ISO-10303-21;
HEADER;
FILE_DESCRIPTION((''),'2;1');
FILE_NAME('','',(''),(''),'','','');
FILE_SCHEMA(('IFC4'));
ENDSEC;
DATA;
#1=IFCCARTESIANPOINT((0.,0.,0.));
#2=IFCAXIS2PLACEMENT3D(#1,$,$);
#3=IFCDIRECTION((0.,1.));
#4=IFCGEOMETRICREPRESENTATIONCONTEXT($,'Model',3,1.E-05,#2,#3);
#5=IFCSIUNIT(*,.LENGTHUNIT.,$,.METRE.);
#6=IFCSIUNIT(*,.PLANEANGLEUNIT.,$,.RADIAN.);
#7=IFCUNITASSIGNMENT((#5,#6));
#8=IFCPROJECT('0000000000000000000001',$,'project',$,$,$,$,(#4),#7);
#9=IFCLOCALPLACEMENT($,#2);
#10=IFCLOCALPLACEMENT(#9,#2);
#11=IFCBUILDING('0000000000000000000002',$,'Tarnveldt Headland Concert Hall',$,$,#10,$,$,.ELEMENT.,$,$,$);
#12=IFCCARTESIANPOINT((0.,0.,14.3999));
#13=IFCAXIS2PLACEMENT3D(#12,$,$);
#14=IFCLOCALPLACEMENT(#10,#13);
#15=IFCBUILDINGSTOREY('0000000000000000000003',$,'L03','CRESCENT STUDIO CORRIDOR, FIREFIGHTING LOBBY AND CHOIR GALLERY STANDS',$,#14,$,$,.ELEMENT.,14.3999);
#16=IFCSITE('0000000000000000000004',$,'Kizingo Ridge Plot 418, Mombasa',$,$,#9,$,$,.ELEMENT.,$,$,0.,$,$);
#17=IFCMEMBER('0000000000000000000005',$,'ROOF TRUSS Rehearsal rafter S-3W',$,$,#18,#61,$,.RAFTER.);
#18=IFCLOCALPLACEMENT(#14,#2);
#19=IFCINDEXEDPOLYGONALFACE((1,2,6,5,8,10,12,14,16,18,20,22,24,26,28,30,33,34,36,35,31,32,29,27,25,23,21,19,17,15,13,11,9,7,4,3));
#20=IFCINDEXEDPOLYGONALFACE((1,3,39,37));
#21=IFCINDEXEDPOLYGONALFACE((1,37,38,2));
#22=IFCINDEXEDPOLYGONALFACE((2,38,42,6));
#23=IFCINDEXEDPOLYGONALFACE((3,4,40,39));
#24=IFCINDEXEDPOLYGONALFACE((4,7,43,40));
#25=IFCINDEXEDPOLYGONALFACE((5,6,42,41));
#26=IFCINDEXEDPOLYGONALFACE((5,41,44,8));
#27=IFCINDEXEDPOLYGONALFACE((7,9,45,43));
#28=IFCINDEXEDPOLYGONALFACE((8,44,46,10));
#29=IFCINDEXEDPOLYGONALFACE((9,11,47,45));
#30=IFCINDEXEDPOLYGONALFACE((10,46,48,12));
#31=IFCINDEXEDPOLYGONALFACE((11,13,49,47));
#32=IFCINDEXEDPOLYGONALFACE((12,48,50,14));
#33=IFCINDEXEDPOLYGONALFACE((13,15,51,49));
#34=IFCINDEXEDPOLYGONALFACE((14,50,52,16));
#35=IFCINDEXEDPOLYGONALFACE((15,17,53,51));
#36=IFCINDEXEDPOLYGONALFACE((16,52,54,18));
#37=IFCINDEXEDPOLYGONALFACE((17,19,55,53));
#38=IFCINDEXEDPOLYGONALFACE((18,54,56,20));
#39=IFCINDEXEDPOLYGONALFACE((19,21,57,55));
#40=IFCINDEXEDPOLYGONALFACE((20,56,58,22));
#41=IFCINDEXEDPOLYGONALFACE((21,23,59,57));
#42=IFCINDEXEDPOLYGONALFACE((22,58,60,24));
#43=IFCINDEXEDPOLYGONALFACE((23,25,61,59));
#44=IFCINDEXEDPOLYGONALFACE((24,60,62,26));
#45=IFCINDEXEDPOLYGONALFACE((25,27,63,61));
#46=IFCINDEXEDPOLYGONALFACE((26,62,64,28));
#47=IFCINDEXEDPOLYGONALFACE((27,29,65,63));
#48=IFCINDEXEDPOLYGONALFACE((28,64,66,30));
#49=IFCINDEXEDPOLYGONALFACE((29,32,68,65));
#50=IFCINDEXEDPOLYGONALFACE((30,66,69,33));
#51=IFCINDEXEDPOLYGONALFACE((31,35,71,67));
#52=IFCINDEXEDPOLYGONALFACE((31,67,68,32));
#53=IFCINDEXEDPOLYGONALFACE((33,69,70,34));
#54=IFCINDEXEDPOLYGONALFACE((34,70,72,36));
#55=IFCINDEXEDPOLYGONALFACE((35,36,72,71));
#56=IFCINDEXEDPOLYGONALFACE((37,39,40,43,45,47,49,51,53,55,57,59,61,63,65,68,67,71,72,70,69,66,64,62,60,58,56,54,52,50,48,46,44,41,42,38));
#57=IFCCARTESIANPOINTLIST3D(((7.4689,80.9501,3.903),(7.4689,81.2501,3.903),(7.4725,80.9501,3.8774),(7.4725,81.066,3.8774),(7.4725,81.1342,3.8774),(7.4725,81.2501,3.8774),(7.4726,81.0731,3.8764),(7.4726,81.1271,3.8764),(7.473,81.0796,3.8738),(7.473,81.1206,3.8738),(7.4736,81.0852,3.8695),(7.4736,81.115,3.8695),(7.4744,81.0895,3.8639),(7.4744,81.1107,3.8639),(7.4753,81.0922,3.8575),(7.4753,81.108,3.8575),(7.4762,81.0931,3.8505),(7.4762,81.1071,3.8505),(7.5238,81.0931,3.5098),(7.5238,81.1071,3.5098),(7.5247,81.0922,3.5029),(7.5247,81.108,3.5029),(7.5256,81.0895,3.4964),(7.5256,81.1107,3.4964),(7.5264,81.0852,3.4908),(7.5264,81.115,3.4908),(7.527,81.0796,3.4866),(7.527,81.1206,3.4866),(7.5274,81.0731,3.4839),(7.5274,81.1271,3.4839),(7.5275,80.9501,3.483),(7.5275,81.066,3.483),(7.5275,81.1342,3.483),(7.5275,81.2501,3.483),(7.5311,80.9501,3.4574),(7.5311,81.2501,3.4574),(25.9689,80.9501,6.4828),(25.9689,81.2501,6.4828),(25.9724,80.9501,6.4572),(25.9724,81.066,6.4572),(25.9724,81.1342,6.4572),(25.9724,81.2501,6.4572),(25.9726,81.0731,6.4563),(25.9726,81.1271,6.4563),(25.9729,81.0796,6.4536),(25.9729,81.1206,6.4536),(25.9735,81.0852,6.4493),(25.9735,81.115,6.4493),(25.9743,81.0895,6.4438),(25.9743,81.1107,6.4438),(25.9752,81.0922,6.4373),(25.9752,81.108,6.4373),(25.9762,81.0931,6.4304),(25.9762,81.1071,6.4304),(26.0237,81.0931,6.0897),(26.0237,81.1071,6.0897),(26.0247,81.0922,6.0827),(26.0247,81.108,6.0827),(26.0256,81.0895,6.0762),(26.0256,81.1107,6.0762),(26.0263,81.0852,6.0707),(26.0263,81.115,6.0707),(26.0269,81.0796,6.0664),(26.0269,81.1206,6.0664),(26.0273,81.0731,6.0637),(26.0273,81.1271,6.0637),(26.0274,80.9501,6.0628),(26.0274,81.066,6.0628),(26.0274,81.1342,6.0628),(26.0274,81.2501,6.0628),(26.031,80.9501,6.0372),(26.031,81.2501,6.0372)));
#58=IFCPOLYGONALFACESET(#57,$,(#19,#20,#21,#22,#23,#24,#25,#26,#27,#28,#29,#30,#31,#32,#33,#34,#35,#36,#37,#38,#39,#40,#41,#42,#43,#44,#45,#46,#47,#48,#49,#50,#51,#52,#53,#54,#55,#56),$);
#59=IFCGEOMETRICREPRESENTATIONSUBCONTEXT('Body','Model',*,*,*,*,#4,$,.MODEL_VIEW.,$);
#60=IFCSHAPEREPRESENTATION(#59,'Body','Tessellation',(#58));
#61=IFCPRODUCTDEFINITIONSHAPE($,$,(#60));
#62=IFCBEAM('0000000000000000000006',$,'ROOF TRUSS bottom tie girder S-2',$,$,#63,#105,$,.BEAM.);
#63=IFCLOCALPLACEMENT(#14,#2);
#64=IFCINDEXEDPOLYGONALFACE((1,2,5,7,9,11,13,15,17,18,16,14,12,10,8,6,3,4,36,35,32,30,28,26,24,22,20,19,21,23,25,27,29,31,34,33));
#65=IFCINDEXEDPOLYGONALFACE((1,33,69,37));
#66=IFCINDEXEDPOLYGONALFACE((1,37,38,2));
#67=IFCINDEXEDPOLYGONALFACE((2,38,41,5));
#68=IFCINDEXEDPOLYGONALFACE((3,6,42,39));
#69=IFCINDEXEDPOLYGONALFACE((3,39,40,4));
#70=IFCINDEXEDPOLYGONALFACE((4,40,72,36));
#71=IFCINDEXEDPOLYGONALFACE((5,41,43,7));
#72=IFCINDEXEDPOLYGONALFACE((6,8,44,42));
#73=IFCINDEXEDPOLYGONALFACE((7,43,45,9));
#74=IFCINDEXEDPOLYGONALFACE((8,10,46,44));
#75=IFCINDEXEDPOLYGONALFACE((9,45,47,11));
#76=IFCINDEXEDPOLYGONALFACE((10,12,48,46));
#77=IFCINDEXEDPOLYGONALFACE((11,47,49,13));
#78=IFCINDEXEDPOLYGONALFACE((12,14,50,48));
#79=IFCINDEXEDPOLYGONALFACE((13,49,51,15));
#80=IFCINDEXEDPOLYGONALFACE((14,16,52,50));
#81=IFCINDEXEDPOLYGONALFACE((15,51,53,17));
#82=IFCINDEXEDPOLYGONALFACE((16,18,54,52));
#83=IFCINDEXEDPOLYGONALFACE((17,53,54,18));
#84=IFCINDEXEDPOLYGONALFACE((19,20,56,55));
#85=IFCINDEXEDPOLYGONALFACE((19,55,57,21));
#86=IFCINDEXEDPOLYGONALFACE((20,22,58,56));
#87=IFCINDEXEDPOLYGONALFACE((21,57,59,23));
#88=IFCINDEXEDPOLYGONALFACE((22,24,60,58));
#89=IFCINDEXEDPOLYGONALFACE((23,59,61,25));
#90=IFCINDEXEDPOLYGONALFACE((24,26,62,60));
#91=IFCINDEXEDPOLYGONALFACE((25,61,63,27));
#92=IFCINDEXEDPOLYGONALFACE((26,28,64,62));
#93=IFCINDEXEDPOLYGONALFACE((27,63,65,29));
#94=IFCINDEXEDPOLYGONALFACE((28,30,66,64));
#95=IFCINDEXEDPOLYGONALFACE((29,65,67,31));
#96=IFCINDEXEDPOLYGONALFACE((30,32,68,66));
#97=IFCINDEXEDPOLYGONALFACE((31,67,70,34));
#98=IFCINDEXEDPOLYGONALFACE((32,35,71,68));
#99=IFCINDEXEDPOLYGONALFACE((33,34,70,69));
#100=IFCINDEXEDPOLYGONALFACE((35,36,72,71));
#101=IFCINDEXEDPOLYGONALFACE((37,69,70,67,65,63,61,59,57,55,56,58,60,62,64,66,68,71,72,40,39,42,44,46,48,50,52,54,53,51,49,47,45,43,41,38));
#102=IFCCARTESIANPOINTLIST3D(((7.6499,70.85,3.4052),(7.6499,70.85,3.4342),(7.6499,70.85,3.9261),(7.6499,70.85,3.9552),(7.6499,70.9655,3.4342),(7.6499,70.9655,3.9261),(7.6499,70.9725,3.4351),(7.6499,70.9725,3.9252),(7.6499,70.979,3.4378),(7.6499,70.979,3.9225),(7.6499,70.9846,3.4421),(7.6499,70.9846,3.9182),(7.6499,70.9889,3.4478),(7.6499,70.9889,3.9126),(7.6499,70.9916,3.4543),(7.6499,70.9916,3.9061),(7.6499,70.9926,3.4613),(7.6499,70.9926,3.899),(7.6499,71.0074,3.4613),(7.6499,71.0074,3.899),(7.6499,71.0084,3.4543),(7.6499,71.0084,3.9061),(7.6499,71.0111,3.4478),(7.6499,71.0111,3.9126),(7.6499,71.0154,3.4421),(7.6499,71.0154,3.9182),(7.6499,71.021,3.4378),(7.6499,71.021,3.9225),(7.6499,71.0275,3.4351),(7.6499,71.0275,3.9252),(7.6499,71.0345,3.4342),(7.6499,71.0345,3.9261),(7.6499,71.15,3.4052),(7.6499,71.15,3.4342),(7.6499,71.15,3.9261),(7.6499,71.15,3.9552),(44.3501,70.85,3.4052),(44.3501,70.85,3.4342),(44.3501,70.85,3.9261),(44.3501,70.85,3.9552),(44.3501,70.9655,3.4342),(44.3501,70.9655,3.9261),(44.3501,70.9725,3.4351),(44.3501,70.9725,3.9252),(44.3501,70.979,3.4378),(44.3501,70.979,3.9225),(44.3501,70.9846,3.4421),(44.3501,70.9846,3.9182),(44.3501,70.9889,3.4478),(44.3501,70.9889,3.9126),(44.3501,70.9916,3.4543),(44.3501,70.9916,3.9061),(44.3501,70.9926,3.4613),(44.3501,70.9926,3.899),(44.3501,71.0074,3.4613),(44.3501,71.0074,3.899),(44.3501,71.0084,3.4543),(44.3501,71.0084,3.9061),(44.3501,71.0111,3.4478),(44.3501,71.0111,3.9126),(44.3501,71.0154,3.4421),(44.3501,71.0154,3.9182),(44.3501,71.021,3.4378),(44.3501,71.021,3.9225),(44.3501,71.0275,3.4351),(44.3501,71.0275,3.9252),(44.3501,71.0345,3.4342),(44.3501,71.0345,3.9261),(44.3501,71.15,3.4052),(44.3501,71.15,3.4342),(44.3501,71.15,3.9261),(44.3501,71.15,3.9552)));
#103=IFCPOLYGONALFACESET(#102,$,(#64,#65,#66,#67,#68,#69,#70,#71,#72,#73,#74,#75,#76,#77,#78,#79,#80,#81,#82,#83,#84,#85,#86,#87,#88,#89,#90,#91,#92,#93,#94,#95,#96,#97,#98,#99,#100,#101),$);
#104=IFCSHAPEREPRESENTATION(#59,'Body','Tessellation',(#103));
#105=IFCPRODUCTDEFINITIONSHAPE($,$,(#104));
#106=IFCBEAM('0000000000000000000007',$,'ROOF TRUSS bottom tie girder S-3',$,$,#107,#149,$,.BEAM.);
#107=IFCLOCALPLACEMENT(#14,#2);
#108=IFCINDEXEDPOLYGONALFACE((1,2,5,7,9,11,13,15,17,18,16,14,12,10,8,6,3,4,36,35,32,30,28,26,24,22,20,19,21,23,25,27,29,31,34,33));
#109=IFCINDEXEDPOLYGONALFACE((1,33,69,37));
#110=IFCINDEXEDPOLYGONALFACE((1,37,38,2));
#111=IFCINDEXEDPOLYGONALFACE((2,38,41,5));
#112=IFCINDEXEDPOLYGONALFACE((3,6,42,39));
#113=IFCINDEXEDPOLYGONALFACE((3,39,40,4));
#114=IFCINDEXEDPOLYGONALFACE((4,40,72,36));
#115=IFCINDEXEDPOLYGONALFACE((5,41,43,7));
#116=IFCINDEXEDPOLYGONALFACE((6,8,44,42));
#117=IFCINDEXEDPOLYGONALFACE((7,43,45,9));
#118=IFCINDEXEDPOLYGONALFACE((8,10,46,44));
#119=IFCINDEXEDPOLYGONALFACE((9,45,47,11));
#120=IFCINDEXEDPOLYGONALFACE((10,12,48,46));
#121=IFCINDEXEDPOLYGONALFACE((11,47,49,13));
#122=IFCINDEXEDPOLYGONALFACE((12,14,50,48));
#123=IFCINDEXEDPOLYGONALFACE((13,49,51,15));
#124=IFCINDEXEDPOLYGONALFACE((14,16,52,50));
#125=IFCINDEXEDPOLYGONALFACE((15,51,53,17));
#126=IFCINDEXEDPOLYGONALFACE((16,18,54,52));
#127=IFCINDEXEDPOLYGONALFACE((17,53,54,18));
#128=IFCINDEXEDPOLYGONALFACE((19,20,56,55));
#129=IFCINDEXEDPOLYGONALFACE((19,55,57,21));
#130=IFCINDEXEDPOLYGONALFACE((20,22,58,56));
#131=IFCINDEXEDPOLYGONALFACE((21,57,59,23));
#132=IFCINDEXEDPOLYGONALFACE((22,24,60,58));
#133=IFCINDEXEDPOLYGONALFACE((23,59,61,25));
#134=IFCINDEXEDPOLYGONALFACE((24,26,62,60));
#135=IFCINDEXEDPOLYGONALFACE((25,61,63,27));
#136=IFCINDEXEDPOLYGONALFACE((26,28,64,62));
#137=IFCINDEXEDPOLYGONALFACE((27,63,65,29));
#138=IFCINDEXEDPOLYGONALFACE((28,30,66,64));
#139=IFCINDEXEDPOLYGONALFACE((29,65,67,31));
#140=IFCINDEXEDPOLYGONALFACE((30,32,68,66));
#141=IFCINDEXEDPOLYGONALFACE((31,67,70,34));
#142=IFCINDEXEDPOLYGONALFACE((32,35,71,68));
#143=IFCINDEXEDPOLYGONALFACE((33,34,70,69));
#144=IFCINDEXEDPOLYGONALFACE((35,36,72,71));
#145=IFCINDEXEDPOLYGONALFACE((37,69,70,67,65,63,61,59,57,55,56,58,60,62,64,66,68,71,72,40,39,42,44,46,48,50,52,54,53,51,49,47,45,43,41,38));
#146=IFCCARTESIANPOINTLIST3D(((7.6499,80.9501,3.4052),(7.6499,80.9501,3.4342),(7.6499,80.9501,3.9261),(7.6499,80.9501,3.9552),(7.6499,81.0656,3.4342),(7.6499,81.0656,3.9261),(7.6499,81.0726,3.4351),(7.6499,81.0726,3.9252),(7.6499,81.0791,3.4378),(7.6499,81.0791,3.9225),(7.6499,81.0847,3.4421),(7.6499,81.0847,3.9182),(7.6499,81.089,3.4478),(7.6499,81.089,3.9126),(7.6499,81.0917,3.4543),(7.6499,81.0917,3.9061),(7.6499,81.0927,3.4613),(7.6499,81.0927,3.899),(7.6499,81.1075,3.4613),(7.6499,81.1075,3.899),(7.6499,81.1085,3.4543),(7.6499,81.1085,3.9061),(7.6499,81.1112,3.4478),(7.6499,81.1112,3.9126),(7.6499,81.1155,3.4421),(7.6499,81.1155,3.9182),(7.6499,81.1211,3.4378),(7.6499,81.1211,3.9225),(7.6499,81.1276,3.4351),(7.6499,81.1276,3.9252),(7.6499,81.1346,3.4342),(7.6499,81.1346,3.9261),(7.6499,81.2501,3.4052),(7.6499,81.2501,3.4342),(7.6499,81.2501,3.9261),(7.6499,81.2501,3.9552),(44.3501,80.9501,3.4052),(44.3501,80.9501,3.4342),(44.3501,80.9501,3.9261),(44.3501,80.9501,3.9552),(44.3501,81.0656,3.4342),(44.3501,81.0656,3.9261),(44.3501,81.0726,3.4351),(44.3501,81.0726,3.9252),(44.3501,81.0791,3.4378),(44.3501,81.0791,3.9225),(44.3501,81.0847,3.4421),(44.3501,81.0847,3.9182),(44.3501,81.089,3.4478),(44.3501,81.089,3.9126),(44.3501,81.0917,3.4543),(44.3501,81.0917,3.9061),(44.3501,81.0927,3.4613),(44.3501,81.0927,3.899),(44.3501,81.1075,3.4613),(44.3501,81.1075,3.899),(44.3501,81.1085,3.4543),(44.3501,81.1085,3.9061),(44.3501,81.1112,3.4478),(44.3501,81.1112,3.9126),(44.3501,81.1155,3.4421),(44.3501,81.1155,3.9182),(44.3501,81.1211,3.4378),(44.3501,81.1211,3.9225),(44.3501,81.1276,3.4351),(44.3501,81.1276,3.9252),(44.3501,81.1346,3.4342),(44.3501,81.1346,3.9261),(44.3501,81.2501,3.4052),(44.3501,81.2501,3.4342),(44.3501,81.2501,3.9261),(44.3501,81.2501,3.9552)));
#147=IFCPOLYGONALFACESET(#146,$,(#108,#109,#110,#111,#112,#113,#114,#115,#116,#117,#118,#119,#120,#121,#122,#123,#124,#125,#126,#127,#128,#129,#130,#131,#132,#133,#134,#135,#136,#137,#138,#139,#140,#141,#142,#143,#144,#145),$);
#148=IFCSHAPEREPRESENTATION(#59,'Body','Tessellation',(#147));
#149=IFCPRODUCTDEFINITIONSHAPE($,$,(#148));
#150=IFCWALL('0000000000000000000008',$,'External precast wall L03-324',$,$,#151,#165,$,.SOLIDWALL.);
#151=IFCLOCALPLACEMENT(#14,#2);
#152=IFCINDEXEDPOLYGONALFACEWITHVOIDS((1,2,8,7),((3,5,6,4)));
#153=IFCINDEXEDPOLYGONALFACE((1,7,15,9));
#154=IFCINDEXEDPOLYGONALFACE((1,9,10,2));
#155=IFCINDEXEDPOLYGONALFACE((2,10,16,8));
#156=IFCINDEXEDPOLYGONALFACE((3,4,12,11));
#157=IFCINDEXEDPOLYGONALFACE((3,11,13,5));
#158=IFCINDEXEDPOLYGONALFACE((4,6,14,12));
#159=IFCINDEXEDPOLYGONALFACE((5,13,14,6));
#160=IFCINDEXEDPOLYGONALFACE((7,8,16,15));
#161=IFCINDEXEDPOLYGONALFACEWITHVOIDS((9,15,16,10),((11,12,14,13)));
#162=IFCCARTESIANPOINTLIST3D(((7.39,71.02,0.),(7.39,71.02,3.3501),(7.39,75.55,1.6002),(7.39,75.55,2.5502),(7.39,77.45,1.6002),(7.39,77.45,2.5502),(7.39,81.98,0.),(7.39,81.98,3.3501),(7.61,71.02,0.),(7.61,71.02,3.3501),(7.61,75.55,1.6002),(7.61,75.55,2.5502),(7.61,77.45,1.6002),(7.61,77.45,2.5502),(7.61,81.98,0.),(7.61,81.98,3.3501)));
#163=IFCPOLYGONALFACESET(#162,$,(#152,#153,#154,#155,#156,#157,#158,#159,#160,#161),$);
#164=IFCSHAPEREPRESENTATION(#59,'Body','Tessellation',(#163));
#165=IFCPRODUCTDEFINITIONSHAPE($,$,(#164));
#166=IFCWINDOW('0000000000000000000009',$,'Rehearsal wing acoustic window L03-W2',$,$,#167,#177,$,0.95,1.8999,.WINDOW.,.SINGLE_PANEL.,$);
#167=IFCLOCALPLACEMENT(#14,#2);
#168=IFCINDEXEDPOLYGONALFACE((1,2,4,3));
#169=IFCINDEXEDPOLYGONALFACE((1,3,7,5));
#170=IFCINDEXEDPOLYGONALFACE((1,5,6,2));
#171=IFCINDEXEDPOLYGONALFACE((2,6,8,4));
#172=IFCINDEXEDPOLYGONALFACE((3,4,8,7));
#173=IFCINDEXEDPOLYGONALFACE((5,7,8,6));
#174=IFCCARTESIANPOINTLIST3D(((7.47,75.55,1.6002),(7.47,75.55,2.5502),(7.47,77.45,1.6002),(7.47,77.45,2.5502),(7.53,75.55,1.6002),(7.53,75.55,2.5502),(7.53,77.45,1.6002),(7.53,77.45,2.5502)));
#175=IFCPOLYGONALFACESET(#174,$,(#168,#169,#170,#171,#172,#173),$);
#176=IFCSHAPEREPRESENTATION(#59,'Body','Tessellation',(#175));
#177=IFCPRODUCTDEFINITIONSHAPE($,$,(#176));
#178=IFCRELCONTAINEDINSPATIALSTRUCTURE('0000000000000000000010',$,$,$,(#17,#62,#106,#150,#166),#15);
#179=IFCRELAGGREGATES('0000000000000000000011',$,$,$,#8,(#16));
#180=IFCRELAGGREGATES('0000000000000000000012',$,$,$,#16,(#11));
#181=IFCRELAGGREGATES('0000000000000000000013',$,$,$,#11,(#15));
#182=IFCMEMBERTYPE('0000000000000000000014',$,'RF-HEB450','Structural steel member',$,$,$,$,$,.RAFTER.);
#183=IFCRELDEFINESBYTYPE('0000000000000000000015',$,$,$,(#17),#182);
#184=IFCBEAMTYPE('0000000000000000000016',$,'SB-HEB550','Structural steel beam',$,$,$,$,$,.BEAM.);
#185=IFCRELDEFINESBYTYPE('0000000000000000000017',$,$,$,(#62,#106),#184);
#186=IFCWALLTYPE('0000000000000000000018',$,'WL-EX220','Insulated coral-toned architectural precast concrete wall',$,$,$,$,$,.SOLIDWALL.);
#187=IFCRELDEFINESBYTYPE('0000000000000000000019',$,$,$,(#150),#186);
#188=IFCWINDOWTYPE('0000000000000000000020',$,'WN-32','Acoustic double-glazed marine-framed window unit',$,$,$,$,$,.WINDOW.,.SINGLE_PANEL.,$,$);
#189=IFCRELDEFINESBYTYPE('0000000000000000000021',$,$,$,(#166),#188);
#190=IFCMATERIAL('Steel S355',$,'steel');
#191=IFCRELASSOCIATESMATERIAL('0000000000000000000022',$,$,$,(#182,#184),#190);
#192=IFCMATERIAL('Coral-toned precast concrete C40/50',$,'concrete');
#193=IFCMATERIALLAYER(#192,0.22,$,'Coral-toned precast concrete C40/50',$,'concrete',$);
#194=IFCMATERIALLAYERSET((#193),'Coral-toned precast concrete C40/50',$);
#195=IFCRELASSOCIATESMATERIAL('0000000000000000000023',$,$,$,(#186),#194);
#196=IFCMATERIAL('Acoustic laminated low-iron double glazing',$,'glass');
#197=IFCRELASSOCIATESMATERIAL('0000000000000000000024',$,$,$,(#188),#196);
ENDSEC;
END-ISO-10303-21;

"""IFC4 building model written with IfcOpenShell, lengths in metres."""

from ifc_helpers import new_model, si_unit, direction, frame, frame_2d, origin, origin_2d, place, context, subcontext, project, spatial, rectangle, i_section, extrude, material, layer, layer_set, material_profile, profile_set, type_object, element, fill, save


model = new_model("IFC4")

# Units and contexts
model_context = context("Model", 3, precision=1e-05, world=origin(), true_north=direction((0.0, 1.0)))
body_context = subcontext(model_context, "Body", "Model", "MODEL_VIEW")
ifc_project = project(units=[si_unit("LENGTHUNIT", "METRE"), si_unit("PLANEANGLEUNIT", "RADIAN")], contexts=[model_context])

# Site, building, storey
site_placement = place(None, origin())
site = spatial("IfcSite", under=ifc_project, at=site_placement, Name="Kizingo Ridge Plot 418, Mombasa", CompositionType="ELEMENT", RefElevation=0.0)
building_placement = place(site_placement, origin())
building = spatial("IfcBuilding", under=site, at=building_placement, Name="Tarnveldt Headland Concert Hall", CompositionType="ELEMENT")
storey_placement = place(building_placement, frame((0.0, 0.0, 14.3999)))
storey = spatial("IfcBuildingStorey", under=building, at=storey_placement, Name="L03", Description="CRESCENT STUDIO CORRIDOR, FIREFIGHTING LOBBY AND CHOIR GALLERY STANDS", CompositionType="ELEMENT", Elevation=14.3999)

# Shared definitions
ifc_material_1 = material(Name="Steel S355", Category="steel")

# Member
ifc_material_profile_1 = material_profile(ifc_material_1, i_section(OverallWidth=0.3, OverallDepth=0.45, WebThickness=0.0139, FlangeThickness=0.0259, FilletRadius=0.0271, at=origin_2d()), Name="HEB450", Category="steel")
ifc_profile_set_1 = profile_set([ifc_material_profile_1], Name="Steel S355")
member_type = type_object("IfcMemberType", Name="RF-HEB450", Description="Structural steel member", PredefinedType="RAFTER", material=ifc_profile_set_1)
for number, where, z_axis, x_axis, name in (
    (1, (7.5, 81.1001, 3.6802), (0.990416, 0.0, 0.138114), (0.0, 1.0, 0.0), "ROOF TRUSS Rehearsal rafter S-3W"),
):
    element("IfcMember", number, at=place(storey_placement, frame(where, z_axis=z_axis, x_axis=x_axis)), inside=storey, type_object=member_type, Name=name, PredefinedType="RAFTER", context=body_context, shape_type="SweptSolid", body=[
        extrude(i_section(OverallWidth=0.3, OverallDepth=0.45, WebThickness=0.0139, FlangeThickness=0.0259, FilletRadius=0.0271, at=origin_2d()), origin(), (0.0, 0.0, 1.0), 18.679),
    ])

# Beams
ifc_material_profile_2 = material_profile(ifc_material_1, i_section(OverallWidth=0.3, OverallDepth=0.55, WebThickness=0.0149, FlangeThickness=0.0291, FilletRadius=0.0271, at=origin_2d()), Name="HEB550", Category="steel")
ifc_profile_set_2 = profile_set([ifc_material_profile_2], Name="Steel S355")
beam_type = type_object("IfcBeamType", Name="SB-HEB550", Description="Structural steel beam", PredefinedType="BEAM", material=ifc_profile_set_2)
for number, where, z_axis, x_axis, name in (
    (2, (7.6499, 71.0, 3.6802), (1.0, 0.0, 0.0), (0.0, 1.0, 0.0), "ROOF TRUSS bottom tie girder S-2"),
    (3, (7.6499, 81.1001, 3.6802), (1.0, 0.0, 0.0), (0.0, 1.0, 0.0), "ROOF TRUSS bottom tie girder S-3"),
):
    element("IfcBeam", number, at=place(storey_placement, frame(where, z_axis=z_axis, x_axis=x_axis)), inside=storey, type_object=beam_type, Name=name, PredefinedType="BEAM", context=body_context, shape_type="SweptSolid", body=[
        extrude(i_section(OverallWidth=0.3, OverallDepth=0.55, WebThickness=0.0149, FlangeThickness=0.0291, FilletRadius=0.0271, at=origin_2d()), origin(), (0.0, 0.0, 1.0), 36.7002),
    ])

# Wall, opening, window
ifc_material_2 = material(Name="Coral-toned precast concrete C40/50", Category="concrete")
ifc_layer_1 = layer(ifc_material_2, 0.22, Name="Coral-toned precast concrete C40/50", Category="concrete")
ifc_layer_set_1 = layer_set([ifc_layer_1], Name="Coral-toned precast concrete C40/50")
wall_type_1 = type_object("IfcWallType", Name="WL-EX220", Description="Insulated coral-toned architectural precast concrete wall", PredefinedType="SOLIDWALL", material=ifc_layer_set_1)
wall_1_placement = place(storey_placement, frame((7.5, 71.02, 0.0), z_axis=(0.0, 0.0, 1.0), x_axis=(0.0, 1.0, 0.0)))
wall_1 = element("IfcWall", 4, at=wall_1_placement, inside=storey, type_object=wall_type_1, Name="External precast wall L03-324", PredefinedType="SOLIDWALL", context=body_context, shape_type="SweptSolid", body=[
    extrude(rectangle(XDim=10.96, YDim=0.22, at=frame_2d((5.48, 0.0))), origin(), (0.0, 0.0, 1.0), 3.3501),
])
opening_1_placement = place(wall_1_placement, frame((4.53, 0.0, 1.6001)))
opening_1 = element("IfcOpeningElement", 5, at=opening_1_placement, cuts=wall_1, PredefinedType="OPENING", context=body_context, shape_type="SweptSolid", body=[
    extrude(rectangle(XDim=1.8999, YDim=0.95, at=frame_2d((0.95, 0.4751))), frame((0.0, 0.1199, 0.0), z_axis=(0.0, -1.0, 0.0), x_axis=(1.0, 0.0, 0.0)), (0.0, 0.0, 1.0), 0.24),
])
ifc_material_3 = material(Name="Acoustic laminated low-iron double glazing", Category="glass")
window_type_1 = type_object("IfcWindowType", Name="WN-32", Description="Acoustic double-glazed marine-framed window unit", PartitioningType="SINGLE_PANEL", PredefinedType="WINDOW", material=ifc_material_3)
window_1_placement = place(opening_1_placement, origin())
window_1 = element("IfcWindow", 6, at=window_1_placement, inside=storey, type_object=window_type_1, Name="Rehearsal wing acoustic window L03-W2", OverallHeight=0.95, OverallWidth=1.8999, PartitioningType="SINGLE_PANEL", PredefinedType="WINDOW", context=body_context, shape_type="SweptSolid", body=[
    extrude(rectangle(XDim=1.8999, YDim=0.95, at=frame_2d((0.95, 0.4751))), frame((0.0, 0.03, 0.0), z_axis=(0.0, -1.0, 0.0), x_axis=(1.0, 0.0, 0.0)), (0.0, 0.0, 1.0), 0.0601),
])
fill(opening_1, window_1)

save(model, "model.ifc")
